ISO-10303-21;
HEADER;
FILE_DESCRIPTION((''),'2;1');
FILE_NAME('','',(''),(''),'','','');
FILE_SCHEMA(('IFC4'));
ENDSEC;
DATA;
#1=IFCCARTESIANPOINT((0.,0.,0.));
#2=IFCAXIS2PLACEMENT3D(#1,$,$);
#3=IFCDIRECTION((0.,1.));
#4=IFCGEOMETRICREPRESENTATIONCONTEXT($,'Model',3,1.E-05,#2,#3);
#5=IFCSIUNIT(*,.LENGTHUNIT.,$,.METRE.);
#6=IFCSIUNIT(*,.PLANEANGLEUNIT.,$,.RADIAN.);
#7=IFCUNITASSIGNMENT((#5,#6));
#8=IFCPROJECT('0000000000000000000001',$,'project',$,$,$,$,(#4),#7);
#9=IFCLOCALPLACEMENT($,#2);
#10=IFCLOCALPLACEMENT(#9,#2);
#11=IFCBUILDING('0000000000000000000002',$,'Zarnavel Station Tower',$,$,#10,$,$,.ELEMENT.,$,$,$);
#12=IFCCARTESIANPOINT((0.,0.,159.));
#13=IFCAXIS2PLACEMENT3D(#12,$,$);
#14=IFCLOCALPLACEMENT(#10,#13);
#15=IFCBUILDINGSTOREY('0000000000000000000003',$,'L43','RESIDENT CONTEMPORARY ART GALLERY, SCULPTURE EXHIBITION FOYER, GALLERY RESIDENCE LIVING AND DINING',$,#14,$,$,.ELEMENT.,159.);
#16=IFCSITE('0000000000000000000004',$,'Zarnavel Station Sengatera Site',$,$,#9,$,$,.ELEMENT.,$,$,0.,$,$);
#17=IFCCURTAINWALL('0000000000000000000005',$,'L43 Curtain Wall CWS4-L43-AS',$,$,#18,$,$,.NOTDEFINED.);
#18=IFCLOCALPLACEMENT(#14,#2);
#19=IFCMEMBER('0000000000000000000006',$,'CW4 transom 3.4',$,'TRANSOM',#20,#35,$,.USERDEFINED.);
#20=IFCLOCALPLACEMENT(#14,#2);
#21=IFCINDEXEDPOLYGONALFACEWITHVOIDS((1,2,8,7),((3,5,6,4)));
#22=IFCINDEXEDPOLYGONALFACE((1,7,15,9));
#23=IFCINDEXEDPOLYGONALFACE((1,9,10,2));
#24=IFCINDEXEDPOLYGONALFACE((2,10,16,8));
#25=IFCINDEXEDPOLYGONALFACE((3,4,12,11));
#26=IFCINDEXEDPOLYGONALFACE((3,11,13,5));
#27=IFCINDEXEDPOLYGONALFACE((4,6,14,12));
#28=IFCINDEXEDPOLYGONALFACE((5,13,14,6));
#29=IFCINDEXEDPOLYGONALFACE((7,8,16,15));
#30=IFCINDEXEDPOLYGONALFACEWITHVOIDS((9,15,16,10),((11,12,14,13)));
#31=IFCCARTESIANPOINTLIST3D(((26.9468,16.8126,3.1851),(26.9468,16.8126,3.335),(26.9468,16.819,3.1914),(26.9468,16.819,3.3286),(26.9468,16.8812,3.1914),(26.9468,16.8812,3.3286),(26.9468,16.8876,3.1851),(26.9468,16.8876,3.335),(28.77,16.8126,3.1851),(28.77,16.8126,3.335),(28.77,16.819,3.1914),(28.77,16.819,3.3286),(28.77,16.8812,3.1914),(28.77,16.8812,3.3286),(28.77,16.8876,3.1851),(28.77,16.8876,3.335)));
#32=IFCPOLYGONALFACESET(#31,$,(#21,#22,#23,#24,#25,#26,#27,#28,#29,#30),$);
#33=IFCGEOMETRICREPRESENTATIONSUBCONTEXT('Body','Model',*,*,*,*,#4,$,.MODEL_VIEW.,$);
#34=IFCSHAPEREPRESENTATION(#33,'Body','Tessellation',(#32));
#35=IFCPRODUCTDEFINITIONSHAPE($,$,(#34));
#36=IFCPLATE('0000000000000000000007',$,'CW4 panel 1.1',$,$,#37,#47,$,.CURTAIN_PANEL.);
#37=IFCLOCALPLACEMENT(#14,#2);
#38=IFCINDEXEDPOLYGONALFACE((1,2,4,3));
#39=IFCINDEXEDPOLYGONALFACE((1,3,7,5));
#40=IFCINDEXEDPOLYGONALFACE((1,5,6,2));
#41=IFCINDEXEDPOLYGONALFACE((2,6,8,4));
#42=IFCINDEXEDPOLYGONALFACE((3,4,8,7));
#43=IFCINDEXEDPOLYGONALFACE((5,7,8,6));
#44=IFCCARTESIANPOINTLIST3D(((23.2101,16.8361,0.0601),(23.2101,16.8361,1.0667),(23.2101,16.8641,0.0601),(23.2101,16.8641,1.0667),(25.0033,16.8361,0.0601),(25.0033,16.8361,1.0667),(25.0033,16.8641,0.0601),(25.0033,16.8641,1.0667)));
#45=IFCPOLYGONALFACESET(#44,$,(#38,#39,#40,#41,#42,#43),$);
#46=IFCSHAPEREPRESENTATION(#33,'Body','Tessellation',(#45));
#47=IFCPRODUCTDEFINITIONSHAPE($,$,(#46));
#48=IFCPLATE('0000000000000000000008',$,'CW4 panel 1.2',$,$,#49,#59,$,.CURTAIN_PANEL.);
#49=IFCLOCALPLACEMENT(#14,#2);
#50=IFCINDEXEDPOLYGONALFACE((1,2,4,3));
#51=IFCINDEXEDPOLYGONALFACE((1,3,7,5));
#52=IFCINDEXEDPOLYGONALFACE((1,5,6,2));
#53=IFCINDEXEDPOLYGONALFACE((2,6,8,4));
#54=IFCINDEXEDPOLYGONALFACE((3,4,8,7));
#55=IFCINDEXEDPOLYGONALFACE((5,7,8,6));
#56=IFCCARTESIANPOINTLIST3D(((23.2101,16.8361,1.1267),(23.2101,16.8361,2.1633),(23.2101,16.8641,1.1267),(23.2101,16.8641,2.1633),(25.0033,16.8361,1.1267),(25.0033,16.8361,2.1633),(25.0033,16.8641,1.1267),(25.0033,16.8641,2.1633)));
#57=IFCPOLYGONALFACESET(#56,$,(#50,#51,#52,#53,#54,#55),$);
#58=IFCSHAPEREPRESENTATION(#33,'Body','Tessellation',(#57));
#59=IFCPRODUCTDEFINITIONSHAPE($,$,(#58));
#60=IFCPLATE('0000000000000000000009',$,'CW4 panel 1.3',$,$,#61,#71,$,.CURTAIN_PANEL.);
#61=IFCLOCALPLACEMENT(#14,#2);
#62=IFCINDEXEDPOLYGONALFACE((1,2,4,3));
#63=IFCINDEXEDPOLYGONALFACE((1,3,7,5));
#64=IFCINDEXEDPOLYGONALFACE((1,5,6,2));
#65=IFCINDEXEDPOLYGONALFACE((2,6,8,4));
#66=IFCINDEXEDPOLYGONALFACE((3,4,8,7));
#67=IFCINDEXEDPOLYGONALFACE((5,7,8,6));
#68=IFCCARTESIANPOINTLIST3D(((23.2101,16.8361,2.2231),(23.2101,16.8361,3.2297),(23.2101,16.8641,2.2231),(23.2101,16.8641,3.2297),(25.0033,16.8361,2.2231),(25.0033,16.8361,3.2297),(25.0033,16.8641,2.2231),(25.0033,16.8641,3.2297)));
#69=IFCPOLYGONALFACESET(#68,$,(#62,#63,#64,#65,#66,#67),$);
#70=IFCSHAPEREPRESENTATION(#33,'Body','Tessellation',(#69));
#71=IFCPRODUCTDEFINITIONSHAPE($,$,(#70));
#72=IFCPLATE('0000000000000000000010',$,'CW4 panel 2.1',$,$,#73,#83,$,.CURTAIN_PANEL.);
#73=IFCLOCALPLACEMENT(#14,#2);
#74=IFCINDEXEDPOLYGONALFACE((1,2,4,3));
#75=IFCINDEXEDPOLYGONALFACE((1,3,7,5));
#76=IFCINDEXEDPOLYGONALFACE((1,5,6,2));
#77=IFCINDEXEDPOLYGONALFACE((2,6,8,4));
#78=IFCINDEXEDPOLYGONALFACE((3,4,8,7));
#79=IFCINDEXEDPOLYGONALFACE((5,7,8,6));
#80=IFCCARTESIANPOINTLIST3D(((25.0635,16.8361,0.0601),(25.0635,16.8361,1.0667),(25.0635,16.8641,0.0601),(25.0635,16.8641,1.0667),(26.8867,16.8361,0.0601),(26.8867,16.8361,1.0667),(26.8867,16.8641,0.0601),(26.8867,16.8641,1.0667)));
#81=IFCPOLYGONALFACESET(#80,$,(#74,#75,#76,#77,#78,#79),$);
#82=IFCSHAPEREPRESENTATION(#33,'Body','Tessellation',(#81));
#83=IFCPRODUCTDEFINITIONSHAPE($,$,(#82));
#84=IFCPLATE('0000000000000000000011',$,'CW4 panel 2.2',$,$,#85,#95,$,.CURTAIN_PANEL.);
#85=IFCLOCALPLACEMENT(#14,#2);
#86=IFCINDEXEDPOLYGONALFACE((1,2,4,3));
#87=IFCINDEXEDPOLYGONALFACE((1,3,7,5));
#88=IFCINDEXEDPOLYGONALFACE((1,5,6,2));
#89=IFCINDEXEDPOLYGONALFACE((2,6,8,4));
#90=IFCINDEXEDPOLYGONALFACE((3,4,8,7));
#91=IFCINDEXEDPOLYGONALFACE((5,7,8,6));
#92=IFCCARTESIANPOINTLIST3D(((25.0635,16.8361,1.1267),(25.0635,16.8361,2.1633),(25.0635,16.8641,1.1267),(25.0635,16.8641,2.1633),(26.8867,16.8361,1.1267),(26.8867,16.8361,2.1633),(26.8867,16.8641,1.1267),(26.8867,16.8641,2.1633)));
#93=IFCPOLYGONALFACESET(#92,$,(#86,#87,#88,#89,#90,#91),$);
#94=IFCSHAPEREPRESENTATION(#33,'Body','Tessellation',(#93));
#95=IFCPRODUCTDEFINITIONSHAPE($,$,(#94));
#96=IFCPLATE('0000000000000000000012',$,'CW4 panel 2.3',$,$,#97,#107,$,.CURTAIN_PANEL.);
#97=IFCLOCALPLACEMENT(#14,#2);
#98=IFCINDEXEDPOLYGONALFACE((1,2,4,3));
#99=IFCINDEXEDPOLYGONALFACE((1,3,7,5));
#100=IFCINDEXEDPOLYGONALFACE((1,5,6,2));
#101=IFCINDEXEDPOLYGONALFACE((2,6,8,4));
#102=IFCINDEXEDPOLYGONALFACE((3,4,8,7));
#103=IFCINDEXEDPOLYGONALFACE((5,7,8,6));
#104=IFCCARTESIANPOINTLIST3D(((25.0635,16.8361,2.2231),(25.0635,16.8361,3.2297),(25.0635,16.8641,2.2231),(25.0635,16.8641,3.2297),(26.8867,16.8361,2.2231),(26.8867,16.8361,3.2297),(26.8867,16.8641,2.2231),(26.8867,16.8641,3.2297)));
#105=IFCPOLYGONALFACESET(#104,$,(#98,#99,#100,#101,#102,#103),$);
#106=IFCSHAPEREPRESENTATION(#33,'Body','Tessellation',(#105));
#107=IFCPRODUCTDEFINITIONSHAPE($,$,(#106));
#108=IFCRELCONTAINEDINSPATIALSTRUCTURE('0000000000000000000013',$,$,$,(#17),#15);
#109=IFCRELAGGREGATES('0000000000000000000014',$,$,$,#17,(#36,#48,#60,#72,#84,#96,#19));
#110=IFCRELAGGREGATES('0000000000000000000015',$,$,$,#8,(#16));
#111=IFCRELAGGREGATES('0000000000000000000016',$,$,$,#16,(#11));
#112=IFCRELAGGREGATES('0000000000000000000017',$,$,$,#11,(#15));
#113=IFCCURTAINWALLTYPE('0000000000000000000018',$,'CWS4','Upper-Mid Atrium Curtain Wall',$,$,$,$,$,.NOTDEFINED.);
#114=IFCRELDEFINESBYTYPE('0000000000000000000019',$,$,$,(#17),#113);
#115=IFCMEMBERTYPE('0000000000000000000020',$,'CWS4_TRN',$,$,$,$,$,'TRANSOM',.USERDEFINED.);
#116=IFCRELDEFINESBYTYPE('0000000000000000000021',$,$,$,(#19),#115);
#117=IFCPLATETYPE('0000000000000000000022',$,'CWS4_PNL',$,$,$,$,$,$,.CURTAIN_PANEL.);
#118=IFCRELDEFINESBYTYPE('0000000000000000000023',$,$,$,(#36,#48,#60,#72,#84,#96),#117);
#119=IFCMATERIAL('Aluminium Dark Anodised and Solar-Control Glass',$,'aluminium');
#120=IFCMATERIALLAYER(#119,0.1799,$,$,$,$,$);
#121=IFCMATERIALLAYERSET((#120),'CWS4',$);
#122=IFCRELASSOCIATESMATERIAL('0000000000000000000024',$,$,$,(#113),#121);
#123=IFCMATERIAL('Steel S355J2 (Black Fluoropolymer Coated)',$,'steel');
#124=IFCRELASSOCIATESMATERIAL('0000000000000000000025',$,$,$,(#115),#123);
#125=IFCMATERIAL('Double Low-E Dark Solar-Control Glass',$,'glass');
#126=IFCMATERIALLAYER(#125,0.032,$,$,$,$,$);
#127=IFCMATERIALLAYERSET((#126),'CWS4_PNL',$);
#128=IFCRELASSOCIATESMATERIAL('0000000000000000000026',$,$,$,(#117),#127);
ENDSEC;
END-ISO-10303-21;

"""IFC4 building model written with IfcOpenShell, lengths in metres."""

from ifc_helpers import new_model, si_unit, direction, frame, origin, origin_2d, place, context, subcontext, project, spatial, rectangle, hollow_rectangle, extrude, material, layer, layer_set, material_profile, profile_set, type_object, element, aggregate, save


model = new_model("IFC4")

# Units and contexts
model_context = context("Model", 3, precision=1e-05, world=origin(), true_north=direction((0.0, 1.0)))
body_context = subcontext(model_context, "Body", "Model", "MODEL_VIEW")
ifc_project = project(units=[si_unit("LENGTHUNIT", "METRE"), si_unit("PLANEANGLEUNIT", "RADIAN")], contexts=[model_context])

# Site, building, storey
site_placement = place(None, origin())
site = spatial("IfcSite", under=ifc_project, at=site_placement, Name="Zarnavel Station Sengatera Site", CompositionType="ELEMENT", RefElevation=0.0)
building_placement = place(site_placement, origin())
building = spatial("IfcBuilding", under=site, at=building_placement, Name="Zarnavel Station Tower", CompositionType="ELEMENT")
storey_placement = place(building_placement, frame((0.0, 0.0, 159.0)))
storey = spatial("IfcBuildingStorey", under=building, at=storey_placement, Name="L43", Description="RESIDENT CONTEMPORARY ART GALLERY, SCULPTURE EXHIBITION FOYER, GALLERY RESIDENCE LIVING AND DINING", CompositionType="ELEMENT", Elevation=159.0)

# Curtain wall, member, plates
ifc_material_1 = material(Name="Aluminium Dark Anodised and Solar-Control Glass", Category="aluminium")
ifc_layer_1 = layer(ifc_material_1, 0.1799)
ifc_layer_set_1 = layer_set([ifc_layer_1], Name="CWS4")
curtain_wall_type = type_object("IfcCurtainWallType", Name="CWS4", Description="Upper-Mid Atrium Curtain Wall", PredefinedType="NOTDEFINED", material=ifc_layer_set_1)
curtain_wall_placement = place(storey_placement, origin())
curtain_wall = element("IfcCurtainWall", 1, at=curtain_wall_placement, inside=storey, type_object=curtain_wall_type, Name="L43 Curtain Wall CWS4-L43-AS", PredefinedType="NOTDEFINED")
ifc_material_2 = material(Name="Steel S355J2 (Black Fluoropolymer Coated)", Category="steel")
ifc_material_profile_1 = material_profile(ifc_material_2, hollow_rectangle(XDim=0.075, YDim=0.1499, WallThickness=0.0063, at=origin_2d()), Name="RHS150x75x6.3")
ifc_profile_set_1 = profile_set([ifc_material_profile_1], Name="Steel S355J2 (Black Fluoropolymer Coated)")
member_type_1 = type_object("IfcMemberType", Name="CWS4_TRN", ElementType="TRANSOM", PredefinedType="USERDEFINED", material=ifc_profile_set_1)
member_1_placement = place(storey_placement, frame((26.9468, 16.8501, 3.26), z_axis=(1.0, 0.0, 0.0), x_axis=(0.0, 1.0, 0.0)))
member_1 = element("IfcMember", 2, at=member_1_placement, type_object=member_type_1, Name="CW4 transom 3.4", ObjectType="TRANSOM", PredefinedType="USERDEFINED", context=body_context, shape_type="SweptSolid", body=[
    extrude(hollow_rectangle(XDim=0.075, YDim=0.1499, WallThickness=0.0063, at=origin_2d()), origin(), (0.0, 0.0, 1.0), 1.8232),
])
ifc_material_3 = material(Name="Double Low-E Dark Solar-Control Glass", Category="glass")
ifc_layer_2 = layer(ifc_material_3, 0.032)
ifc_layer_set_2 = layer_set([ifc_layer_2], Name="CWS4_PNL")
plate_type = type_object("IfcPlateType", Name="CWS4_PNL", PredefinedType="CURTAIN_PANEL", material=ifc_layer_set_2)
plate_1_placement = place(storey_placement, frame((24.1067, 16.8501, 0.0601), z_axis=(0.0, 0.0, 1.0), x_axis=(1.0, 0.0, 0.0)))
plate_1 = element("IfcPlate", 3, at=plate_1_placement, type_object=plate_type, Name="CW4 panel 1.1", PredefinedType="CURTAIN_PANEL", context=body_context, shape_type="SweptSolid", body=[
    extrude(rectangle(XDim=1.7932, YDim=0.0281, at=origin_2d()), origin(), (0.0, 0.0, 1.0), 1.0066),
])
plate_2_placement = place(storey_placement, frame((24.1067, 16.8501, 1.1267), z_axis=(0.0, 0.0, 1.0), x_axis=(1.0, 0.0, 0.0)))
plate_2 = element("IfcPlate", 4, at=plate_2_placement, type_object=plate_type, Name="CW4 panel 1.2", PredefinedType="CURTAIN_PANEL", context=body_context, shape_type="SweptSolid", body=[
    extrude(rectangle(XDim=1.7932, YDim=0.0281, at=origin_2d()), origin(), (0.0, 0.0, 1.0), 1.0366),
])
plate_3_placement = place(storey_placement, frame((24.1067, 16.8501, 2.2231), z_axis=(0.0, 0.0, 1.0), x_axis=(1.0, 0.0, 0.0)))
plate_3 = element("IfcPlate", 5, at=plate_3_placement, type_object=plate_type, Name="CW4 panel 1.3", PredefinedType="CURTAIN_PANEL", context=body_context, shape_type="SweptSolid", body=[
    extrude(rectangle(XDim=1.7932, YDim=0.0281, at=origin_2d()), origin(), (0.0, 0.0, 1.0), 1.0066),
])
plate_4_placement = place(storey_placement, frame((25.9751, 16.8501, 0.0601), z_axis=(0.0, 0.0, 1.0), x_axis=(1.0, 0.0, 0.0)))
plate_4 = element("IfcPlate", 6, at=plate_4_placement, type_object=plate_type, Name="CW4 panel 2.1", PredefinedType="CURTAIN_PANEL", context=body_context, shape_type="SweptSolid", body=[
    extrude(rectangle(XDim=1.8232, YDim=0.0281, at=origin_2d()), origin(), (0.0, 0.0, 1.0), 1.0066),
])
plate_5_placement = place(storey_placement, frame((25.9751, 16.8501, 1.1267), z_axis=(0.0, 0.0, 1.0), x_axis=(1.0, 0.0, 0.0)))
plate_5 = element("IfcPlate", 7, at=plate_5_placement, type_object=plate_type, Name="CW4 panel 2.2", PredefinedType="CURTAIN_PANEL", context=body_context, shape_type="SweptSolid", body=[
    extrude(rectangle(XDim=1.8232, YDim=0.0281, at=origin_2d()), origin(), (0.0, 0.0, 1.0), 1.0366),
])
plate_6_placement = place(storey_placement, frame((25.9751, 16.8501, 2.2231), z_axis=(0.0, 0.0, 1.0), x_axis=(1.0, 0.0, 0.0)))
plate_6 = element("IfcPlate", 8, at=plate_6_placement, type_object=plate_type, Name="CW4 panel 2.3", PredefinedType="CURTAIN_PANEL", context=body_context, shape_type="SweptSolid", body=[
    extrude(rectangle(XDim=1.8232, YDim=0.0281, at=origin_2d()), origin(), (0.0, 0.0, 1.0), 1.0066),
])
aggregate(curtain_wall, [plate_1, plate_2, plate_3, plate_4, plate_5, plate_6, member_1])

save(model, "model.ifc")
